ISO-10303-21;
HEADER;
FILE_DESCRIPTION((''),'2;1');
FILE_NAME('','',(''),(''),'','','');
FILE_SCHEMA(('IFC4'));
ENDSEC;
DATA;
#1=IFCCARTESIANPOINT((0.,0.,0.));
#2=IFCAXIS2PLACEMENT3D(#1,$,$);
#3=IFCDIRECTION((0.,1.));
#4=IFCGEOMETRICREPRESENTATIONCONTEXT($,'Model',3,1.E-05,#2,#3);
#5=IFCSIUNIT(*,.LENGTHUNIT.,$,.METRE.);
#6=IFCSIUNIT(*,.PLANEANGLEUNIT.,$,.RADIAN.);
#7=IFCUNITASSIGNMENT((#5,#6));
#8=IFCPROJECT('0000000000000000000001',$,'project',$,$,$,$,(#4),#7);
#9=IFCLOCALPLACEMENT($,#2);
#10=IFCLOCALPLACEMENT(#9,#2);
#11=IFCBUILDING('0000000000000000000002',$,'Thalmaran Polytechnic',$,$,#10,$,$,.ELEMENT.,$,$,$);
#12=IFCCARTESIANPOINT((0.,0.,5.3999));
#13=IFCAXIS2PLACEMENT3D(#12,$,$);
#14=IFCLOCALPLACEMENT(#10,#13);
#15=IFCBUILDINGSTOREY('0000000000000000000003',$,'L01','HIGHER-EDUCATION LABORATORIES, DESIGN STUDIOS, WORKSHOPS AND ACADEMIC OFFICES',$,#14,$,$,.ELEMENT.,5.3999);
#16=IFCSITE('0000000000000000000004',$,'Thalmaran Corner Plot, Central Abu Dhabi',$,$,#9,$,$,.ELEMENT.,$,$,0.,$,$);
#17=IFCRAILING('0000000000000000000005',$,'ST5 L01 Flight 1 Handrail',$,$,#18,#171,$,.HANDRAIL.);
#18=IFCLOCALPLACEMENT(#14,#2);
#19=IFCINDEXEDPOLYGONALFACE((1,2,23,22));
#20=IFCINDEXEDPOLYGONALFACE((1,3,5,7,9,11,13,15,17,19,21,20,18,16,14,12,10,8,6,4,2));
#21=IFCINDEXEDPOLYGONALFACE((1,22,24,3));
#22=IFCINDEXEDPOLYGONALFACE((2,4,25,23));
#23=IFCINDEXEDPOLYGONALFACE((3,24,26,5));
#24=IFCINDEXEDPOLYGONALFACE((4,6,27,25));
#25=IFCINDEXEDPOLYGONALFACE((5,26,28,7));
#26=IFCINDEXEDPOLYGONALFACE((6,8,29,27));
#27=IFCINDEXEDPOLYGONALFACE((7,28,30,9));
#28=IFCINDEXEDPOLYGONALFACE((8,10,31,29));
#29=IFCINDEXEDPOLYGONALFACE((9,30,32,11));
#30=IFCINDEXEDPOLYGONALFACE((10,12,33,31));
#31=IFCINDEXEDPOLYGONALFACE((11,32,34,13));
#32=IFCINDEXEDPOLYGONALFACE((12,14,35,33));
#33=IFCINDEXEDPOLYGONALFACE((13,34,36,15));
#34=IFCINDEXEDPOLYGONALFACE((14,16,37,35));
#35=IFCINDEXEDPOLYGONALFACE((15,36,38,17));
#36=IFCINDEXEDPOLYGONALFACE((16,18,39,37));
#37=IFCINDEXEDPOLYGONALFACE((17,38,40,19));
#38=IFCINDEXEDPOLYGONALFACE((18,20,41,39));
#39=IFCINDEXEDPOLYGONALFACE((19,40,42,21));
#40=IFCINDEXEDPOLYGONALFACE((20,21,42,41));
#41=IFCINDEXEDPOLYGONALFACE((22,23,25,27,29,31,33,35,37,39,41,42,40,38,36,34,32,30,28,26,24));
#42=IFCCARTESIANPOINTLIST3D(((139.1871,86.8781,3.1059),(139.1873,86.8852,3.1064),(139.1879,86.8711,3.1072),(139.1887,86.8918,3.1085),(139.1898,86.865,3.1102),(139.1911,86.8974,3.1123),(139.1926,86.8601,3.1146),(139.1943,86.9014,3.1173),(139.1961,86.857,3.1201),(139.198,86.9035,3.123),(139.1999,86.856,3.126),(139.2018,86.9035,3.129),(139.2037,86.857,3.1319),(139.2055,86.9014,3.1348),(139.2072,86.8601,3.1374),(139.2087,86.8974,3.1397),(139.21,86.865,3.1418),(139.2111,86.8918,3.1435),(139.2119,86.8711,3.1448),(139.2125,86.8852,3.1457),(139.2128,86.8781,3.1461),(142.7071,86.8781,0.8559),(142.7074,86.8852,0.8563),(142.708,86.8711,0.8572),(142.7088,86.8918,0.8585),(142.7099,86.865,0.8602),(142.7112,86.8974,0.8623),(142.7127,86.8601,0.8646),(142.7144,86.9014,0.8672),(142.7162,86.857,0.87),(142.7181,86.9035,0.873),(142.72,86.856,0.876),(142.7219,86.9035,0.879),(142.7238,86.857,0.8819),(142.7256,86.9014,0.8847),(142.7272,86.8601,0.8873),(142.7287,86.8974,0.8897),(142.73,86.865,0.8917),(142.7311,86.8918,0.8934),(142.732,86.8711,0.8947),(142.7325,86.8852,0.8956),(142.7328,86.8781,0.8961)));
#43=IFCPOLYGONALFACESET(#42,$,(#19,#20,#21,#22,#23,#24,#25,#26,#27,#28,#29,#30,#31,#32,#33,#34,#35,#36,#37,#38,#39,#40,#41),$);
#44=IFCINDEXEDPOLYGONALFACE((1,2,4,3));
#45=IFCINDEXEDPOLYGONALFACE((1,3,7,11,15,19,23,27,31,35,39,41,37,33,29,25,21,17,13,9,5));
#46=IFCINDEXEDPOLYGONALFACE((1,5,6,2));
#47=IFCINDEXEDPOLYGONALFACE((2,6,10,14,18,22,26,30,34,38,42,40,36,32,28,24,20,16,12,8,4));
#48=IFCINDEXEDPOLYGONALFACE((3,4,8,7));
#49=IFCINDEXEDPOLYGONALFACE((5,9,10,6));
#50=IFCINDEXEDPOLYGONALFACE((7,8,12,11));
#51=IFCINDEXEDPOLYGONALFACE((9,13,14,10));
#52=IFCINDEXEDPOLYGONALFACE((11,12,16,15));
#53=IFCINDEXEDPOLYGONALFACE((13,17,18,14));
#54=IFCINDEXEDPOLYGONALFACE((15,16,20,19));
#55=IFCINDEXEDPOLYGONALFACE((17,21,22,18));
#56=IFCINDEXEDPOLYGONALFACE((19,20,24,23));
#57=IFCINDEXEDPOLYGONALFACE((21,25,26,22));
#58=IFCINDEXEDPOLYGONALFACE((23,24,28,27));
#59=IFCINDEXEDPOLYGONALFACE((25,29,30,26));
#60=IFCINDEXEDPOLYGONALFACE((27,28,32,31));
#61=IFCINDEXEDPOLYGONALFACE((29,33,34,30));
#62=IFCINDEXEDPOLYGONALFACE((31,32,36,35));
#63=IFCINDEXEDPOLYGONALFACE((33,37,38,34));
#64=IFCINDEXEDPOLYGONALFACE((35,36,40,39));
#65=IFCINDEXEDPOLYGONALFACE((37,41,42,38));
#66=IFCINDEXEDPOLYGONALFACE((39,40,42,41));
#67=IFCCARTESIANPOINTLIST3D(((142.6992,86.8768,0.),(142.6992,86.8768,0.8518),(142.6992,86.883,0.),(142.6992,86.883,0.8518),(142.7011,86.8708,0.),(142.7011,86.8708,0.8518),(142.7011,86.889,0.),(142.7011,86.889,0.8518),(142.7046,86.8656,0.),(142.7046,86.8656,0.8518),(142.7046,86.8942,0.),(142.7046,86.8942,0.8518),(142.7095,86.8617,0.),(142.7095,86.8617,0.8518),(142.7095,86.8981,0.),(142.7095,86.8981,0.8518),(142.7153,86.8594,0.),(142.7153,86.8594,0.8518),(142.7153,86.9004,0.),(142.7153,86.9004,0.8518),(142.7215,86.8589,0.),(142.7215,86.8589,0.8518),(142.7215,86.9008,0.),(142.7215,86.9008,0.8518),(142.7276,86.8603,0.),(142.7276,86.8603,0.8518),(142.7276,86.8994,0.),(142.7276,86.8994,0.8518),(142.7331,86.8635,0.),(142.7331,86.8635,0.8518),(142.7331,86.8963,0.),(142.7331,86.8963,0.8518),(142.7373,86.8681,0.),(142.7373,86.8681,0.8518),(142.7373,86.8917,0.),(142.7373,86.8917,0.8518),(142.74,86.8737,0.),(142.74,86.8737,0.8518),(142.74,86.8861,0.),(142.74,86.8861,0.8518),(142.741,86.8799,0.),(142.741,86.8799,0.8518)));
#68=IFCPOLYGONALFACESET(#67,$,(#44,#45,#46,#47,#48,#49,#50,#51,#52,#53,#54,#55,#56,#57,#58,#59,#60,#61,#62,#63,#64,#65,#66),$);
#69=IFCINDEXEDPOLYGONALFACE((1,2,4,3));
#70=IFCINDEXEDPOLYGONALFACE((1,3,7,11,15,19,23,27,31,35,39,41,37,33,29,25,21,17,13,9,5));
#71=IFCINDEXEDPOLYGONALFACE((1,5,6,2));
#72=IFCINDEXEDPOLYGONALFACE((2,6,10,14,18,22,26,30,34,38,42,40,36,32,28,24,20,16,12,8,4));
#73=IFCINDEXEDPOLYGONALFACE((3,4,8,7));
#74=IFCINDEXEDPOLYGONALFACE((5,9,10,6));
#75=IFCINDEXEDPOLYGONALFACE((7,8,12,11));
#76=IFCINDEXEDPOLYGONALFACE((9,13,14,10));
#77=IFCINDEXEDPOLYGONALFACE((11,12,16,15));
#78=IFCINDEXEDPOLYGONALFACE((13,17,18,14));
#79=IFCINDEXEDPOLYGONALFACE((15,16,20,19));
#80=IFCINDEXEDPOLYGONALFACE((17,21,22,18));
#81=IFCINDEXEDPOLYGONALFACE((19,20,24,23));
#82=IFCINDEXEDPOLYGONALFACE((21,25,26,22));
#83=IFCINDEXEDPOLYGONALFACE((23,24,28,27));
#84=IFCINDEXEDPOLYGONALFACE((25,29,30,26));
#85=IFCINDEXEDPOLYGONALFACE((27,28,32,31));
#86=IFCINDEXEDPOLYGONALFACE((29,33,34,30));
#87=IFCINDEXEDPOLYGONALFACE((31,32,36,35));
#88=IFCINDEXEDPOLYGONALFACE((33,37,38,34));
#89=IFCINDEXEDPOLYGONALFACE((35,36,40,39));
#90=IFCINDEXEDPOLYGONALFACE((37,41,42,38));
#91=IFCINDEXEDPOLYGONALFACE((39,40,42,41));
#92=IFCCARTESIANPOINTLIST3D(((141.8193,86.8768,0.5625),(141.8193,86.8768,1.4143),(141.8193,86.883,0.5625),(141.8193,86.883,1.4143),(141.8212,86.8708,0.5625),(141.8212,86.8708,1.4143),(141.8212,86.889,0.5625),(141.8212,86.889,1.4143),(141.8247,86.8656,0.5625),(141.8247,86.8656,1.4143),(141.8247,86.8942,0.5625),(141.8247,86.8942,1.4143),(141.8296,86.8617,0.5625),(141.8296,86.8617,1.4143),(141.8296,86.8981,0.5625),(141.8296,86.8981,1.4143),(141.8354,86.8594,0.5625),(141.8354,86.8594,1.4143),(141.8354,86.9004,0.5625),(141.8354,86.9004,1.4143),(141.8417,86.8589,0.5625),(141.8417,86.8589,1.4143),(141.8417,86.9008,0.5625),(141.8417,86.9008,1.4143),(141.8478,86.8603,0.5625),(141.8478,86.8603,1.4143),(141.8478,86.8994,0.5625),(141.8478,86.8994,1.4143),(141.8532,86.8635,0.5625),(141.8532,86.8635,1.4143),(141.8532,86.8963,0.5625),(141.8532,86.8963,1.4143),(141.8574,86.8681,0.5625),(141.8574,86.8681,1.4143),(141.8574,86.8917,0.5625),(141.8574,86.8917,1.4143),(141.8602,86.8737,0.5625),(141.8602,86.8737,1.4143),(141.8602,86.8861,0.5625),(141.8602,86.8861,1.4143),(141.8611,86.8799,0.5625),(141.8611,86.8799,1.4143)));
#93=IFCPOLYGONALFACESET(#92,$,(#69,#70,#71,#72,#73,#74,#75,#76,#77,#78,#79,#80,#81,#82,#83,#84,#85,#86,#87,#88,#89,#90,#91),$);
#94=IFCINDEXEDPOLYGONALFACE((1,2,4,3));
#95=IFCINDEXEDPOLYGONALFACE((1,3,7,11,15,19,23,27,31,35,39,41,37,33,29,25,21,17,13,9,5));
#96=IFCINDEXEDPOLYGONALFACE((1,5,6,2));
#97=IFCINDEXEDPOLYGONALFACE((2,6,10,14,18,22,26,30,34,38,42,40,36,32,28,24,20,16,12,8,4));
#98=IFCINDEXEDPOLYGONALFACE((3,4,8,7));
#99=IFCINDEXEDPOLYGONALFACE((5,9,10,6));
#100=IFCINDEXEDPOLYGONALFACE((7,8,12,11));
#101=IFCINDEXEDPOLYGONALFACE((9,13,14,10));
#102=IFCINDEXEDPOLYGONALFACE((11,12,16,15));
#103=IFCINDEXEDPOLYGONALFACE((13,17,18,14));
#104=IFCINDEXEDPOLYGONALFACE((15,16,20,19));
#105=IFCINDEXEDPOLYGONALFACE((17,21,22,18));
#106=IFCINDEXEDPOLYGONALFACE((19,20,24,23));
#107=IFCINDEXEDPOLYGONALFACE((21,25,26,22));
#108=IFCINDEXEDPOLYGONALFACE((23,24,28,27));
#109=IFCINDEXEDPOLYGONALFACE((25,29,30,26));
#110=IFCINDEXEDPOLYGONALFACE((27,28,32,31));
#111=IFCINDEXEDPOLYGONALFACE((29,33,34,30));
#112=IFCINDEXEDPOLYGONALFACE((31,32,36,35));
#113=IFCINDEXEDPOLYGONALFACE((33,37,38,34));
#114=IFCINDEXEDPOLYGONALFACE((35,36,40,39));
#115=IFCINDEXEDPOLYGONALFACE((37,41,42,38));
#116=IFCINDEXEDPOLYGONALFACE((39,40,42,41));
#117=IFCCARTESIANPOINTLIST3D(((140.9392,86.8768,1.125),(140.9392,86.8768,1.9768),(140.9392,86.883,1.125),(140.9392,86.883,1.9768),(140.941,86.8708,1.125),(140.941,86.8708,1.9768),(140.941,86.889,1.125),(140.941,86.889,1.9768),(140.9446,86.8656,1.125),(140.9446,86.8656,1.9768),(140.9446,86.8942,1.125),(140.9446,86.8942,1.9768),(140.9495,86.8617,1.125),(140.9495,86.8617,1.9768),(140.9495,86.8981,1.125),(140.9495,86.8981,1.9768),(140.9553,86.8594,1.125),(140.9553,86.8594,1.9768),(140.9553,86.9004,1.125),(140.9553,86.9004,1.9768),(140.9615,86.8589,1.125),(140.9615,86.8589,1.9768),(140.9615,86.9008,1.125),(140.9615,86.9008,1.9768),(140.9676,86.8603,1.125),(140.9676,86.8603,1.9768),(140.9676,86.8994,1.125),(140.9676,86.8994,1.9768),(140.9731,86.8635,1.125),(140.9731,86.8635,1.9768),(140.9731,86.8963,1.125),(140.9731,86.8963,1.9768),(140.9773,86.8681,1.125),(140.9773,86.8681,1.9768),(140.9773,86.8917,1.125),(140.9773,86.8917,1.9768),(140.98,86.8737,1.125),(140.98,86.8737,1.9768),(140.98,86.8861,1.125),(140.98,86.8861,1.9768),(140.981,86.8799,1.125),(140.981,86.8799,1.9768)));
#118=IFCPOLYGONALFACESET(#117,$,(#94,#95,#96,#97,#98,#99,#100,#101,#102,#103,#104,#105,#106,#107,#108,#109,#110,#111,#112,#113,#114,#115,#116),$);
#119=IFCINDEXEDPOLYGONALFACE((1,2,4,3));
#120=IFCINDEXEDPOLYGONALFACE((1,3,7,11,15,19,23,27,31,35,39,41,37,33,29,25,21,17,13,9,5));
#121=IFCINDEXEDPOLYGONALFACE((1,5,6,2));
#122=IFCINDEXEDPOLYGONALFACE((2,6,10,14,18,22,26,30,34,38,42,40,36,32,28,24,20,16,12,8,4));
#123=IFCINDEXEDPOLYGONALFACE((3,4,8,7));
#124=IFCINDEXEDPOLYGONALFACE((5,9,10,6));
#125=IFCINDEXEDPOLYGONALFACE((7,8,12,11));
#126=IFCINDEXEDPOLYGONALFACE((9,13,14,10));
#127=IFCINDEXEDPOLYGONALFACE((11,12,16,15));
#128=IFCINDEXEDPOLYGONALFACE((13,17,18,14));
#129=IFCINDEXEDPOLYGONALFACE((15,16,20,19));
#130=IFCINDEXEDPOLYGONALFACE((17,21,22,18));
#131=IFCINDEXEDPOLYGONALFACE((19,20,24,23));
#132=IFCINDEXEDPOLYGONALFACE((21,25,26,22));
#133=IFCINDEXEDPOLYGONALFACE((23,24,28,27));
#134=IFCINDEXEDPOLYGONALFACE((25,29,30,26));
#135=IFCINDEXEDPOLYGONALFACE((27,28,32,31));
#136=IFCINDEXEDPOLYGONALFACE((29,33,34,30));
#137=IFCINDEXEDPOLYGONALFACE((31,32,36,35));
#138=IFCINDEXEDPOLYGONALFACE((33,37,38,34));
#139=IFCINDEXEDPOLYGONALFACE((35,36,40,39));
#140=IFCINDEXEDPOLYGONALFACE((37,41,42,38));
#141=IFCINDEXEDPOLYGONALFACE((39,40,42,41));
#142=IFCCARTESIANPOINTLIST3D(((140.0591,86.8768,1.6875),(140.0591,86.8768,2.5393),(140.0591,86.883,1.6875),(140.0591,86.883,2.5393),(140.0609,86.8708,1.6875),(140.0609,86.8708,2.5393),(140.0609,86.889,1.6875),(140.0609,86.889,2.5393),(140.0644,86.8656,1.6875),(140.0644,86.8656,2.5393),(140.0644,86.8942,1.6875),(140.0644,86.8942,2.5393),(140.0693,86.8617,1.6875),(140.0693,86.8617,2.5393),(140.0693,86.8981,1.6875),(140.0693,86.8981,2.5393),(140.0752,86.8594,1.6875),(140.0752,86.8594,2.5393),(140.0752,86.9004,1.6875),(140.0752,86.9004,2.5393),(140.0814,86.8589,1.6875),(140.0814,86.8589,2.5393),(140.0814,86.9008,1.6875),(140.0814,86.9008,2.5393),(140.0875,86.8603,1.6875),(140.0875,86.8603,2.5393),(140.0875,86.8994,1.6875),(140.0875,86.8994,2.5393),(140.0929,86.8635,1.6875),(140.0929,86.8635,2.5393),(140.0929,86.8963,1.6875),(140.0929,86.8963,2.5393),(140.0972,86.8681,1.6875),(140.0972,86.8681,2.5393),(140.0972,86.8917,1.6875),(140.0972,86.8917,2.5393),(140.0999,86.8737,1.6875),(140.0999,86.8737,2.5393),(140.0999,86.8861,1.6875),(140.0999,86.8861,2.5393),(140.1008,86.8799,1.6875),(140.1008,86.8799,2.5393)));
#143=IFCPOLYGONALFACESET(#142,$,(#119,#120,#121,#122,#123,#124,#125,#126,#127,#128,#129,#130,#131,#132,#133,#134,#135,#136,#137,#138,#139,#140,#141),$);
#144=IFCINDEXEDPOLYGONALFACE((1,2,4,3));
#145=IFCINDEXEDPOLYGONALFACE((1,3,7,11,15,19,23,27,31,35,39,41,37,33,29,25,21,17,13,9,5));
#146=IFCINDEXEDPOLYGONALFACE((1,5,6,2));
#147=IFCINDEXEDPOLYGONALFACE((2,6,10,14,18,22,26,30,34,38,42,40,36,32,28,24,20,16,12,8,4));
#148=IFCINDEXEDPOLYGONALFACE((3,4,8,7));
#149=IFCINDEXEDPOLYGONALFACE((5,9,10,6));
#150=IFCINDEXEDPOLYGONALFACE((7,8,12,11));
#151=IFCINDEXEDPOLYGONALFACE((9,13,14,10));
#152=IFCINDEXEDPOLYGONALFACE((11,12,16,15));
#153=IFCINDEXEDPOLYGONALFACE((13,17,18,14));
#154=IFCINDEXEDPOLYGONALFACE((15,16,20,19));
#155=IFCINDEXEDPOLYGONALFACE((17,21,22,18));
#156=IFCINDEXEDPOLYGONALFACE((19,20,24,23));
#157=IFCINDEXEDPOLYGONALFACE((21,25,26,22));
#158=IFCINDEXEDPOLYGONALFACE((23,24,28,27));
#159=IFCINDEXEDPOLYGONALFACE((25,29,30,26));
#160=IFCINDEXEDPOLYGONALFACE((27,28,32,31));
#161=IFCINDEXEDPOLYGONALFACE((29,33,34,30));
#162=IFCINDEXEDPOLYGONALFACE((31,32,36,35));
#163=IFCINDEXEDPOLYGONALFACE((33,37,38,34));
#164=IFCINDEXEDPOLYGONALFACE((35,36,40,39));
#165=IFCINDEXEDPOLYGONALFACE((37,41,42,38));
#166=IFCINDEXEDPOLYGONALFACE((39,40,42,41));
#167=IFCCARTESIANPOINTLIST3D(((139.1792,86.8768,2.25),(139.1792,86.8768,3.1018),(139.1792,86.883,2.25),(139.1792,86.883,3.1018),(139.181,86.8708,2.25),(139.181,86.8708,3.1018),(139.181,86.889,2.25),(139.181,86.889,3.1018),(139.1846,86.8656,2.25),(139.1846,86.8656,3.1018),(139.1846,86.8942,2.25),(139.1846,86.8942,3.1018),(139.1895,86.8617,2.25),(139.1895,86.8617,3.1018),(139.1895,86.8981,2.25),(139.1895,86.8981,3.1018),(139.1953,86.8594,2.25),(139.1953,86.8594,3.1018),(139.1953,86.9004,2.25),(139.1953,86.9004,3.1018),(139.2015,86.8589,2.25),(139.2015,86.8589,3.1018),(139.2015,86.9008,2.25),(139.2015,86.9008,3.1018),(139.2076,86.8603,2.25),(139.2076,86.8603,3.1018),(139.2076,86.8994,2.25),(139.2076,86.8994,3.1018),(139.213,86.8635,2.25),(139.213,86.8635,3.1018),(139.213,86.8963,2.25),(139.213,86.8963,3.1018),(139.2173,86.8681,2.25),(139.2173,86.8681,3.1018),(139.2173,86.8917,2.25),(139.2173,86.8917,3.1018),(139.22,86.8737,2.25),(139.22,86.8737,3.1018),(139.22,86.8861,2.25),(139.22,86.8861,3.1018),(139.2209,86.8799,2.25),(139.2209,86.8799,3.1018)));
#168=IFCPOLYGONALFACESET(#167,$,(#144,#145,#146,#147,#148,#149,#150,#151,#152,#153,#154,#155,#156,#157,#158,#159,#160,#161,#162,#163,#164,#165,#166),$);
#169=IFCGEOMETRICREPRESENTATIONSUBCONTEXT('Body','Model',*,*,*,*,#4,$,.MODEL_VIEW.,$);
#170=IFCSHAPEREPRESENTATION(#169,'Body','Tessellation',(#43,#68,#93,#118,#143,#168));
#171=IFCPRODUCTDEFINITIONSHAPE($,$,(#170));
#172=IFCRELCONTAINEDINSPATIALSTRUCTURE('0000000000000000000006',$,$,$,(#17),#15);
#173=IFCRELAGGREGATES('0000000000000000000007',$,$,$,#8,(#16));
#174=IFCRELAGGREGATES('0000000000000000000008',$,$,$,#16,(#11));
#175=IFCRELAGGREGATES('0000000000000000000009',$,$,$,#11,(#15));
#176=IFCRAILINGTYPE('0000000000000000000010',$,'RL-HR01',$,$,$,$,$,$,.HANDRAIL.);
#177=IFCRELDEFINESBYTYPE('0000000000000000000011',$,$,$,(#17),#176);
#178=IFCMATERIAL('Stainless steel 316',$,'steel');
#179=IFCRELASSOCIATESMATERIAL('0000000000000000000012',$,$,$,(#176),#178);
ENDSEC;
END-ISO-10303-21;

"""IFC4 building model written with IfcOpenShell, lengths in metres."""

from ifc_helpers import new_model, si_unit, direction, frame, origin, origin_2d, place, context, subcontext, project, spatial, circle, extrude, material, type_object, element, save


model = new_model("IFC4")

# Units and contexts
model_context = context("Model", 3, precision=1e-05, world=origin(), true_north=direction((0.0, 1.0)))
body_context = subcontext(model_context, "Body", "Model", "MODEL_VIEW")
ifc_project = project(units=[si_unit("LENGTHUNIT", "METRE"), si_unit("PLANEANGLEUNIT", "RADIAN")], contexts=[model_context])

# Site, building, storey
site_placement = place(None, origin())
site = spatial("IfcSite", under=ifc_project, at=site_placement, Name="Thalmaran Corner Plot, Central Abu Dhabi", CompositionType="ELEMENT", RefElevation=0.0)
building_placement = place(site_placement, origin())
building = spatial("IfcBuilding", under=site, at=building_placement, Name="Thalmaran Polytechnic", CompositionType="ELEMENT")
storey_placement = place(building_placement, frame((0.0, 0.0, 5.3999)))
storey = spatial("IfcBuildingStorey", under=building, at=storey_placement, Name="L01", Description="HIGHER-EDUCATION LABORATORIES, DESIGN STUDIOS, WORKSHOPS AND ACADEMIC OFFICES", CompositionType="ELEMENT", Elevation=5.3999)

# Railing
ifc_material_1 = material(Name="Stainless steel 316", Category="steel")
railing_type_1 = type_object("IfcRailingType", Name="RL-HR01", PredefinedType="HANDRAIL", material=ifc_material_1)
railing_1_placement = place(storey_placement, frame((142.72, 86.8799, 0.0)))
element("IfcRailing", 1, at=railing_1_placement, inside=storey, type_object=railing_type_1, Name="ST5 L01 Flight 1 Handrail", PredefinedType="HANDRAIL", context=body_context, shape_type="SweptSolid", body=[
    extrude(circle(Radius=0.0239, at=origin_2d()), frame((0.0, 0.0, 0.876), z_axis=(-0.842577, 0.0, 0.538576), x_axis=(0.0, -1.0, 0.0)), (0.0, 0.0, 1.0), 4.1777),
    extrude(circle(Radius=0.021, at=origin_2d()), origin(), (0.0, 0.0, 1.0), 0.8518),
    extrude(circle(Radius=0.021, at=origin_2d()), frame((-0.8799, 0.0, 0.5625)), (0.0, 0.0, 1.0), 0.8518),
    extrude(circle(Radius=0.021, at=origin_2d()), frame((-1.76, 0.0, 1.125)), (0.0, 0.0, 1.0), 0.8518),
    extrude(circle(Radius=0.021, at=origin_2d()), frame((-2.6401, 0.0, 1.6875)), (0.0, 0.0, 1.0), 0.8518),
    extrude(circle(Radius=0.021, at=origin_2d()), frame((-3.52, 0.0, 2.25)), (0.0, 0.0, 1.0), 0.8518),
])

save(model, "model.ifc")
